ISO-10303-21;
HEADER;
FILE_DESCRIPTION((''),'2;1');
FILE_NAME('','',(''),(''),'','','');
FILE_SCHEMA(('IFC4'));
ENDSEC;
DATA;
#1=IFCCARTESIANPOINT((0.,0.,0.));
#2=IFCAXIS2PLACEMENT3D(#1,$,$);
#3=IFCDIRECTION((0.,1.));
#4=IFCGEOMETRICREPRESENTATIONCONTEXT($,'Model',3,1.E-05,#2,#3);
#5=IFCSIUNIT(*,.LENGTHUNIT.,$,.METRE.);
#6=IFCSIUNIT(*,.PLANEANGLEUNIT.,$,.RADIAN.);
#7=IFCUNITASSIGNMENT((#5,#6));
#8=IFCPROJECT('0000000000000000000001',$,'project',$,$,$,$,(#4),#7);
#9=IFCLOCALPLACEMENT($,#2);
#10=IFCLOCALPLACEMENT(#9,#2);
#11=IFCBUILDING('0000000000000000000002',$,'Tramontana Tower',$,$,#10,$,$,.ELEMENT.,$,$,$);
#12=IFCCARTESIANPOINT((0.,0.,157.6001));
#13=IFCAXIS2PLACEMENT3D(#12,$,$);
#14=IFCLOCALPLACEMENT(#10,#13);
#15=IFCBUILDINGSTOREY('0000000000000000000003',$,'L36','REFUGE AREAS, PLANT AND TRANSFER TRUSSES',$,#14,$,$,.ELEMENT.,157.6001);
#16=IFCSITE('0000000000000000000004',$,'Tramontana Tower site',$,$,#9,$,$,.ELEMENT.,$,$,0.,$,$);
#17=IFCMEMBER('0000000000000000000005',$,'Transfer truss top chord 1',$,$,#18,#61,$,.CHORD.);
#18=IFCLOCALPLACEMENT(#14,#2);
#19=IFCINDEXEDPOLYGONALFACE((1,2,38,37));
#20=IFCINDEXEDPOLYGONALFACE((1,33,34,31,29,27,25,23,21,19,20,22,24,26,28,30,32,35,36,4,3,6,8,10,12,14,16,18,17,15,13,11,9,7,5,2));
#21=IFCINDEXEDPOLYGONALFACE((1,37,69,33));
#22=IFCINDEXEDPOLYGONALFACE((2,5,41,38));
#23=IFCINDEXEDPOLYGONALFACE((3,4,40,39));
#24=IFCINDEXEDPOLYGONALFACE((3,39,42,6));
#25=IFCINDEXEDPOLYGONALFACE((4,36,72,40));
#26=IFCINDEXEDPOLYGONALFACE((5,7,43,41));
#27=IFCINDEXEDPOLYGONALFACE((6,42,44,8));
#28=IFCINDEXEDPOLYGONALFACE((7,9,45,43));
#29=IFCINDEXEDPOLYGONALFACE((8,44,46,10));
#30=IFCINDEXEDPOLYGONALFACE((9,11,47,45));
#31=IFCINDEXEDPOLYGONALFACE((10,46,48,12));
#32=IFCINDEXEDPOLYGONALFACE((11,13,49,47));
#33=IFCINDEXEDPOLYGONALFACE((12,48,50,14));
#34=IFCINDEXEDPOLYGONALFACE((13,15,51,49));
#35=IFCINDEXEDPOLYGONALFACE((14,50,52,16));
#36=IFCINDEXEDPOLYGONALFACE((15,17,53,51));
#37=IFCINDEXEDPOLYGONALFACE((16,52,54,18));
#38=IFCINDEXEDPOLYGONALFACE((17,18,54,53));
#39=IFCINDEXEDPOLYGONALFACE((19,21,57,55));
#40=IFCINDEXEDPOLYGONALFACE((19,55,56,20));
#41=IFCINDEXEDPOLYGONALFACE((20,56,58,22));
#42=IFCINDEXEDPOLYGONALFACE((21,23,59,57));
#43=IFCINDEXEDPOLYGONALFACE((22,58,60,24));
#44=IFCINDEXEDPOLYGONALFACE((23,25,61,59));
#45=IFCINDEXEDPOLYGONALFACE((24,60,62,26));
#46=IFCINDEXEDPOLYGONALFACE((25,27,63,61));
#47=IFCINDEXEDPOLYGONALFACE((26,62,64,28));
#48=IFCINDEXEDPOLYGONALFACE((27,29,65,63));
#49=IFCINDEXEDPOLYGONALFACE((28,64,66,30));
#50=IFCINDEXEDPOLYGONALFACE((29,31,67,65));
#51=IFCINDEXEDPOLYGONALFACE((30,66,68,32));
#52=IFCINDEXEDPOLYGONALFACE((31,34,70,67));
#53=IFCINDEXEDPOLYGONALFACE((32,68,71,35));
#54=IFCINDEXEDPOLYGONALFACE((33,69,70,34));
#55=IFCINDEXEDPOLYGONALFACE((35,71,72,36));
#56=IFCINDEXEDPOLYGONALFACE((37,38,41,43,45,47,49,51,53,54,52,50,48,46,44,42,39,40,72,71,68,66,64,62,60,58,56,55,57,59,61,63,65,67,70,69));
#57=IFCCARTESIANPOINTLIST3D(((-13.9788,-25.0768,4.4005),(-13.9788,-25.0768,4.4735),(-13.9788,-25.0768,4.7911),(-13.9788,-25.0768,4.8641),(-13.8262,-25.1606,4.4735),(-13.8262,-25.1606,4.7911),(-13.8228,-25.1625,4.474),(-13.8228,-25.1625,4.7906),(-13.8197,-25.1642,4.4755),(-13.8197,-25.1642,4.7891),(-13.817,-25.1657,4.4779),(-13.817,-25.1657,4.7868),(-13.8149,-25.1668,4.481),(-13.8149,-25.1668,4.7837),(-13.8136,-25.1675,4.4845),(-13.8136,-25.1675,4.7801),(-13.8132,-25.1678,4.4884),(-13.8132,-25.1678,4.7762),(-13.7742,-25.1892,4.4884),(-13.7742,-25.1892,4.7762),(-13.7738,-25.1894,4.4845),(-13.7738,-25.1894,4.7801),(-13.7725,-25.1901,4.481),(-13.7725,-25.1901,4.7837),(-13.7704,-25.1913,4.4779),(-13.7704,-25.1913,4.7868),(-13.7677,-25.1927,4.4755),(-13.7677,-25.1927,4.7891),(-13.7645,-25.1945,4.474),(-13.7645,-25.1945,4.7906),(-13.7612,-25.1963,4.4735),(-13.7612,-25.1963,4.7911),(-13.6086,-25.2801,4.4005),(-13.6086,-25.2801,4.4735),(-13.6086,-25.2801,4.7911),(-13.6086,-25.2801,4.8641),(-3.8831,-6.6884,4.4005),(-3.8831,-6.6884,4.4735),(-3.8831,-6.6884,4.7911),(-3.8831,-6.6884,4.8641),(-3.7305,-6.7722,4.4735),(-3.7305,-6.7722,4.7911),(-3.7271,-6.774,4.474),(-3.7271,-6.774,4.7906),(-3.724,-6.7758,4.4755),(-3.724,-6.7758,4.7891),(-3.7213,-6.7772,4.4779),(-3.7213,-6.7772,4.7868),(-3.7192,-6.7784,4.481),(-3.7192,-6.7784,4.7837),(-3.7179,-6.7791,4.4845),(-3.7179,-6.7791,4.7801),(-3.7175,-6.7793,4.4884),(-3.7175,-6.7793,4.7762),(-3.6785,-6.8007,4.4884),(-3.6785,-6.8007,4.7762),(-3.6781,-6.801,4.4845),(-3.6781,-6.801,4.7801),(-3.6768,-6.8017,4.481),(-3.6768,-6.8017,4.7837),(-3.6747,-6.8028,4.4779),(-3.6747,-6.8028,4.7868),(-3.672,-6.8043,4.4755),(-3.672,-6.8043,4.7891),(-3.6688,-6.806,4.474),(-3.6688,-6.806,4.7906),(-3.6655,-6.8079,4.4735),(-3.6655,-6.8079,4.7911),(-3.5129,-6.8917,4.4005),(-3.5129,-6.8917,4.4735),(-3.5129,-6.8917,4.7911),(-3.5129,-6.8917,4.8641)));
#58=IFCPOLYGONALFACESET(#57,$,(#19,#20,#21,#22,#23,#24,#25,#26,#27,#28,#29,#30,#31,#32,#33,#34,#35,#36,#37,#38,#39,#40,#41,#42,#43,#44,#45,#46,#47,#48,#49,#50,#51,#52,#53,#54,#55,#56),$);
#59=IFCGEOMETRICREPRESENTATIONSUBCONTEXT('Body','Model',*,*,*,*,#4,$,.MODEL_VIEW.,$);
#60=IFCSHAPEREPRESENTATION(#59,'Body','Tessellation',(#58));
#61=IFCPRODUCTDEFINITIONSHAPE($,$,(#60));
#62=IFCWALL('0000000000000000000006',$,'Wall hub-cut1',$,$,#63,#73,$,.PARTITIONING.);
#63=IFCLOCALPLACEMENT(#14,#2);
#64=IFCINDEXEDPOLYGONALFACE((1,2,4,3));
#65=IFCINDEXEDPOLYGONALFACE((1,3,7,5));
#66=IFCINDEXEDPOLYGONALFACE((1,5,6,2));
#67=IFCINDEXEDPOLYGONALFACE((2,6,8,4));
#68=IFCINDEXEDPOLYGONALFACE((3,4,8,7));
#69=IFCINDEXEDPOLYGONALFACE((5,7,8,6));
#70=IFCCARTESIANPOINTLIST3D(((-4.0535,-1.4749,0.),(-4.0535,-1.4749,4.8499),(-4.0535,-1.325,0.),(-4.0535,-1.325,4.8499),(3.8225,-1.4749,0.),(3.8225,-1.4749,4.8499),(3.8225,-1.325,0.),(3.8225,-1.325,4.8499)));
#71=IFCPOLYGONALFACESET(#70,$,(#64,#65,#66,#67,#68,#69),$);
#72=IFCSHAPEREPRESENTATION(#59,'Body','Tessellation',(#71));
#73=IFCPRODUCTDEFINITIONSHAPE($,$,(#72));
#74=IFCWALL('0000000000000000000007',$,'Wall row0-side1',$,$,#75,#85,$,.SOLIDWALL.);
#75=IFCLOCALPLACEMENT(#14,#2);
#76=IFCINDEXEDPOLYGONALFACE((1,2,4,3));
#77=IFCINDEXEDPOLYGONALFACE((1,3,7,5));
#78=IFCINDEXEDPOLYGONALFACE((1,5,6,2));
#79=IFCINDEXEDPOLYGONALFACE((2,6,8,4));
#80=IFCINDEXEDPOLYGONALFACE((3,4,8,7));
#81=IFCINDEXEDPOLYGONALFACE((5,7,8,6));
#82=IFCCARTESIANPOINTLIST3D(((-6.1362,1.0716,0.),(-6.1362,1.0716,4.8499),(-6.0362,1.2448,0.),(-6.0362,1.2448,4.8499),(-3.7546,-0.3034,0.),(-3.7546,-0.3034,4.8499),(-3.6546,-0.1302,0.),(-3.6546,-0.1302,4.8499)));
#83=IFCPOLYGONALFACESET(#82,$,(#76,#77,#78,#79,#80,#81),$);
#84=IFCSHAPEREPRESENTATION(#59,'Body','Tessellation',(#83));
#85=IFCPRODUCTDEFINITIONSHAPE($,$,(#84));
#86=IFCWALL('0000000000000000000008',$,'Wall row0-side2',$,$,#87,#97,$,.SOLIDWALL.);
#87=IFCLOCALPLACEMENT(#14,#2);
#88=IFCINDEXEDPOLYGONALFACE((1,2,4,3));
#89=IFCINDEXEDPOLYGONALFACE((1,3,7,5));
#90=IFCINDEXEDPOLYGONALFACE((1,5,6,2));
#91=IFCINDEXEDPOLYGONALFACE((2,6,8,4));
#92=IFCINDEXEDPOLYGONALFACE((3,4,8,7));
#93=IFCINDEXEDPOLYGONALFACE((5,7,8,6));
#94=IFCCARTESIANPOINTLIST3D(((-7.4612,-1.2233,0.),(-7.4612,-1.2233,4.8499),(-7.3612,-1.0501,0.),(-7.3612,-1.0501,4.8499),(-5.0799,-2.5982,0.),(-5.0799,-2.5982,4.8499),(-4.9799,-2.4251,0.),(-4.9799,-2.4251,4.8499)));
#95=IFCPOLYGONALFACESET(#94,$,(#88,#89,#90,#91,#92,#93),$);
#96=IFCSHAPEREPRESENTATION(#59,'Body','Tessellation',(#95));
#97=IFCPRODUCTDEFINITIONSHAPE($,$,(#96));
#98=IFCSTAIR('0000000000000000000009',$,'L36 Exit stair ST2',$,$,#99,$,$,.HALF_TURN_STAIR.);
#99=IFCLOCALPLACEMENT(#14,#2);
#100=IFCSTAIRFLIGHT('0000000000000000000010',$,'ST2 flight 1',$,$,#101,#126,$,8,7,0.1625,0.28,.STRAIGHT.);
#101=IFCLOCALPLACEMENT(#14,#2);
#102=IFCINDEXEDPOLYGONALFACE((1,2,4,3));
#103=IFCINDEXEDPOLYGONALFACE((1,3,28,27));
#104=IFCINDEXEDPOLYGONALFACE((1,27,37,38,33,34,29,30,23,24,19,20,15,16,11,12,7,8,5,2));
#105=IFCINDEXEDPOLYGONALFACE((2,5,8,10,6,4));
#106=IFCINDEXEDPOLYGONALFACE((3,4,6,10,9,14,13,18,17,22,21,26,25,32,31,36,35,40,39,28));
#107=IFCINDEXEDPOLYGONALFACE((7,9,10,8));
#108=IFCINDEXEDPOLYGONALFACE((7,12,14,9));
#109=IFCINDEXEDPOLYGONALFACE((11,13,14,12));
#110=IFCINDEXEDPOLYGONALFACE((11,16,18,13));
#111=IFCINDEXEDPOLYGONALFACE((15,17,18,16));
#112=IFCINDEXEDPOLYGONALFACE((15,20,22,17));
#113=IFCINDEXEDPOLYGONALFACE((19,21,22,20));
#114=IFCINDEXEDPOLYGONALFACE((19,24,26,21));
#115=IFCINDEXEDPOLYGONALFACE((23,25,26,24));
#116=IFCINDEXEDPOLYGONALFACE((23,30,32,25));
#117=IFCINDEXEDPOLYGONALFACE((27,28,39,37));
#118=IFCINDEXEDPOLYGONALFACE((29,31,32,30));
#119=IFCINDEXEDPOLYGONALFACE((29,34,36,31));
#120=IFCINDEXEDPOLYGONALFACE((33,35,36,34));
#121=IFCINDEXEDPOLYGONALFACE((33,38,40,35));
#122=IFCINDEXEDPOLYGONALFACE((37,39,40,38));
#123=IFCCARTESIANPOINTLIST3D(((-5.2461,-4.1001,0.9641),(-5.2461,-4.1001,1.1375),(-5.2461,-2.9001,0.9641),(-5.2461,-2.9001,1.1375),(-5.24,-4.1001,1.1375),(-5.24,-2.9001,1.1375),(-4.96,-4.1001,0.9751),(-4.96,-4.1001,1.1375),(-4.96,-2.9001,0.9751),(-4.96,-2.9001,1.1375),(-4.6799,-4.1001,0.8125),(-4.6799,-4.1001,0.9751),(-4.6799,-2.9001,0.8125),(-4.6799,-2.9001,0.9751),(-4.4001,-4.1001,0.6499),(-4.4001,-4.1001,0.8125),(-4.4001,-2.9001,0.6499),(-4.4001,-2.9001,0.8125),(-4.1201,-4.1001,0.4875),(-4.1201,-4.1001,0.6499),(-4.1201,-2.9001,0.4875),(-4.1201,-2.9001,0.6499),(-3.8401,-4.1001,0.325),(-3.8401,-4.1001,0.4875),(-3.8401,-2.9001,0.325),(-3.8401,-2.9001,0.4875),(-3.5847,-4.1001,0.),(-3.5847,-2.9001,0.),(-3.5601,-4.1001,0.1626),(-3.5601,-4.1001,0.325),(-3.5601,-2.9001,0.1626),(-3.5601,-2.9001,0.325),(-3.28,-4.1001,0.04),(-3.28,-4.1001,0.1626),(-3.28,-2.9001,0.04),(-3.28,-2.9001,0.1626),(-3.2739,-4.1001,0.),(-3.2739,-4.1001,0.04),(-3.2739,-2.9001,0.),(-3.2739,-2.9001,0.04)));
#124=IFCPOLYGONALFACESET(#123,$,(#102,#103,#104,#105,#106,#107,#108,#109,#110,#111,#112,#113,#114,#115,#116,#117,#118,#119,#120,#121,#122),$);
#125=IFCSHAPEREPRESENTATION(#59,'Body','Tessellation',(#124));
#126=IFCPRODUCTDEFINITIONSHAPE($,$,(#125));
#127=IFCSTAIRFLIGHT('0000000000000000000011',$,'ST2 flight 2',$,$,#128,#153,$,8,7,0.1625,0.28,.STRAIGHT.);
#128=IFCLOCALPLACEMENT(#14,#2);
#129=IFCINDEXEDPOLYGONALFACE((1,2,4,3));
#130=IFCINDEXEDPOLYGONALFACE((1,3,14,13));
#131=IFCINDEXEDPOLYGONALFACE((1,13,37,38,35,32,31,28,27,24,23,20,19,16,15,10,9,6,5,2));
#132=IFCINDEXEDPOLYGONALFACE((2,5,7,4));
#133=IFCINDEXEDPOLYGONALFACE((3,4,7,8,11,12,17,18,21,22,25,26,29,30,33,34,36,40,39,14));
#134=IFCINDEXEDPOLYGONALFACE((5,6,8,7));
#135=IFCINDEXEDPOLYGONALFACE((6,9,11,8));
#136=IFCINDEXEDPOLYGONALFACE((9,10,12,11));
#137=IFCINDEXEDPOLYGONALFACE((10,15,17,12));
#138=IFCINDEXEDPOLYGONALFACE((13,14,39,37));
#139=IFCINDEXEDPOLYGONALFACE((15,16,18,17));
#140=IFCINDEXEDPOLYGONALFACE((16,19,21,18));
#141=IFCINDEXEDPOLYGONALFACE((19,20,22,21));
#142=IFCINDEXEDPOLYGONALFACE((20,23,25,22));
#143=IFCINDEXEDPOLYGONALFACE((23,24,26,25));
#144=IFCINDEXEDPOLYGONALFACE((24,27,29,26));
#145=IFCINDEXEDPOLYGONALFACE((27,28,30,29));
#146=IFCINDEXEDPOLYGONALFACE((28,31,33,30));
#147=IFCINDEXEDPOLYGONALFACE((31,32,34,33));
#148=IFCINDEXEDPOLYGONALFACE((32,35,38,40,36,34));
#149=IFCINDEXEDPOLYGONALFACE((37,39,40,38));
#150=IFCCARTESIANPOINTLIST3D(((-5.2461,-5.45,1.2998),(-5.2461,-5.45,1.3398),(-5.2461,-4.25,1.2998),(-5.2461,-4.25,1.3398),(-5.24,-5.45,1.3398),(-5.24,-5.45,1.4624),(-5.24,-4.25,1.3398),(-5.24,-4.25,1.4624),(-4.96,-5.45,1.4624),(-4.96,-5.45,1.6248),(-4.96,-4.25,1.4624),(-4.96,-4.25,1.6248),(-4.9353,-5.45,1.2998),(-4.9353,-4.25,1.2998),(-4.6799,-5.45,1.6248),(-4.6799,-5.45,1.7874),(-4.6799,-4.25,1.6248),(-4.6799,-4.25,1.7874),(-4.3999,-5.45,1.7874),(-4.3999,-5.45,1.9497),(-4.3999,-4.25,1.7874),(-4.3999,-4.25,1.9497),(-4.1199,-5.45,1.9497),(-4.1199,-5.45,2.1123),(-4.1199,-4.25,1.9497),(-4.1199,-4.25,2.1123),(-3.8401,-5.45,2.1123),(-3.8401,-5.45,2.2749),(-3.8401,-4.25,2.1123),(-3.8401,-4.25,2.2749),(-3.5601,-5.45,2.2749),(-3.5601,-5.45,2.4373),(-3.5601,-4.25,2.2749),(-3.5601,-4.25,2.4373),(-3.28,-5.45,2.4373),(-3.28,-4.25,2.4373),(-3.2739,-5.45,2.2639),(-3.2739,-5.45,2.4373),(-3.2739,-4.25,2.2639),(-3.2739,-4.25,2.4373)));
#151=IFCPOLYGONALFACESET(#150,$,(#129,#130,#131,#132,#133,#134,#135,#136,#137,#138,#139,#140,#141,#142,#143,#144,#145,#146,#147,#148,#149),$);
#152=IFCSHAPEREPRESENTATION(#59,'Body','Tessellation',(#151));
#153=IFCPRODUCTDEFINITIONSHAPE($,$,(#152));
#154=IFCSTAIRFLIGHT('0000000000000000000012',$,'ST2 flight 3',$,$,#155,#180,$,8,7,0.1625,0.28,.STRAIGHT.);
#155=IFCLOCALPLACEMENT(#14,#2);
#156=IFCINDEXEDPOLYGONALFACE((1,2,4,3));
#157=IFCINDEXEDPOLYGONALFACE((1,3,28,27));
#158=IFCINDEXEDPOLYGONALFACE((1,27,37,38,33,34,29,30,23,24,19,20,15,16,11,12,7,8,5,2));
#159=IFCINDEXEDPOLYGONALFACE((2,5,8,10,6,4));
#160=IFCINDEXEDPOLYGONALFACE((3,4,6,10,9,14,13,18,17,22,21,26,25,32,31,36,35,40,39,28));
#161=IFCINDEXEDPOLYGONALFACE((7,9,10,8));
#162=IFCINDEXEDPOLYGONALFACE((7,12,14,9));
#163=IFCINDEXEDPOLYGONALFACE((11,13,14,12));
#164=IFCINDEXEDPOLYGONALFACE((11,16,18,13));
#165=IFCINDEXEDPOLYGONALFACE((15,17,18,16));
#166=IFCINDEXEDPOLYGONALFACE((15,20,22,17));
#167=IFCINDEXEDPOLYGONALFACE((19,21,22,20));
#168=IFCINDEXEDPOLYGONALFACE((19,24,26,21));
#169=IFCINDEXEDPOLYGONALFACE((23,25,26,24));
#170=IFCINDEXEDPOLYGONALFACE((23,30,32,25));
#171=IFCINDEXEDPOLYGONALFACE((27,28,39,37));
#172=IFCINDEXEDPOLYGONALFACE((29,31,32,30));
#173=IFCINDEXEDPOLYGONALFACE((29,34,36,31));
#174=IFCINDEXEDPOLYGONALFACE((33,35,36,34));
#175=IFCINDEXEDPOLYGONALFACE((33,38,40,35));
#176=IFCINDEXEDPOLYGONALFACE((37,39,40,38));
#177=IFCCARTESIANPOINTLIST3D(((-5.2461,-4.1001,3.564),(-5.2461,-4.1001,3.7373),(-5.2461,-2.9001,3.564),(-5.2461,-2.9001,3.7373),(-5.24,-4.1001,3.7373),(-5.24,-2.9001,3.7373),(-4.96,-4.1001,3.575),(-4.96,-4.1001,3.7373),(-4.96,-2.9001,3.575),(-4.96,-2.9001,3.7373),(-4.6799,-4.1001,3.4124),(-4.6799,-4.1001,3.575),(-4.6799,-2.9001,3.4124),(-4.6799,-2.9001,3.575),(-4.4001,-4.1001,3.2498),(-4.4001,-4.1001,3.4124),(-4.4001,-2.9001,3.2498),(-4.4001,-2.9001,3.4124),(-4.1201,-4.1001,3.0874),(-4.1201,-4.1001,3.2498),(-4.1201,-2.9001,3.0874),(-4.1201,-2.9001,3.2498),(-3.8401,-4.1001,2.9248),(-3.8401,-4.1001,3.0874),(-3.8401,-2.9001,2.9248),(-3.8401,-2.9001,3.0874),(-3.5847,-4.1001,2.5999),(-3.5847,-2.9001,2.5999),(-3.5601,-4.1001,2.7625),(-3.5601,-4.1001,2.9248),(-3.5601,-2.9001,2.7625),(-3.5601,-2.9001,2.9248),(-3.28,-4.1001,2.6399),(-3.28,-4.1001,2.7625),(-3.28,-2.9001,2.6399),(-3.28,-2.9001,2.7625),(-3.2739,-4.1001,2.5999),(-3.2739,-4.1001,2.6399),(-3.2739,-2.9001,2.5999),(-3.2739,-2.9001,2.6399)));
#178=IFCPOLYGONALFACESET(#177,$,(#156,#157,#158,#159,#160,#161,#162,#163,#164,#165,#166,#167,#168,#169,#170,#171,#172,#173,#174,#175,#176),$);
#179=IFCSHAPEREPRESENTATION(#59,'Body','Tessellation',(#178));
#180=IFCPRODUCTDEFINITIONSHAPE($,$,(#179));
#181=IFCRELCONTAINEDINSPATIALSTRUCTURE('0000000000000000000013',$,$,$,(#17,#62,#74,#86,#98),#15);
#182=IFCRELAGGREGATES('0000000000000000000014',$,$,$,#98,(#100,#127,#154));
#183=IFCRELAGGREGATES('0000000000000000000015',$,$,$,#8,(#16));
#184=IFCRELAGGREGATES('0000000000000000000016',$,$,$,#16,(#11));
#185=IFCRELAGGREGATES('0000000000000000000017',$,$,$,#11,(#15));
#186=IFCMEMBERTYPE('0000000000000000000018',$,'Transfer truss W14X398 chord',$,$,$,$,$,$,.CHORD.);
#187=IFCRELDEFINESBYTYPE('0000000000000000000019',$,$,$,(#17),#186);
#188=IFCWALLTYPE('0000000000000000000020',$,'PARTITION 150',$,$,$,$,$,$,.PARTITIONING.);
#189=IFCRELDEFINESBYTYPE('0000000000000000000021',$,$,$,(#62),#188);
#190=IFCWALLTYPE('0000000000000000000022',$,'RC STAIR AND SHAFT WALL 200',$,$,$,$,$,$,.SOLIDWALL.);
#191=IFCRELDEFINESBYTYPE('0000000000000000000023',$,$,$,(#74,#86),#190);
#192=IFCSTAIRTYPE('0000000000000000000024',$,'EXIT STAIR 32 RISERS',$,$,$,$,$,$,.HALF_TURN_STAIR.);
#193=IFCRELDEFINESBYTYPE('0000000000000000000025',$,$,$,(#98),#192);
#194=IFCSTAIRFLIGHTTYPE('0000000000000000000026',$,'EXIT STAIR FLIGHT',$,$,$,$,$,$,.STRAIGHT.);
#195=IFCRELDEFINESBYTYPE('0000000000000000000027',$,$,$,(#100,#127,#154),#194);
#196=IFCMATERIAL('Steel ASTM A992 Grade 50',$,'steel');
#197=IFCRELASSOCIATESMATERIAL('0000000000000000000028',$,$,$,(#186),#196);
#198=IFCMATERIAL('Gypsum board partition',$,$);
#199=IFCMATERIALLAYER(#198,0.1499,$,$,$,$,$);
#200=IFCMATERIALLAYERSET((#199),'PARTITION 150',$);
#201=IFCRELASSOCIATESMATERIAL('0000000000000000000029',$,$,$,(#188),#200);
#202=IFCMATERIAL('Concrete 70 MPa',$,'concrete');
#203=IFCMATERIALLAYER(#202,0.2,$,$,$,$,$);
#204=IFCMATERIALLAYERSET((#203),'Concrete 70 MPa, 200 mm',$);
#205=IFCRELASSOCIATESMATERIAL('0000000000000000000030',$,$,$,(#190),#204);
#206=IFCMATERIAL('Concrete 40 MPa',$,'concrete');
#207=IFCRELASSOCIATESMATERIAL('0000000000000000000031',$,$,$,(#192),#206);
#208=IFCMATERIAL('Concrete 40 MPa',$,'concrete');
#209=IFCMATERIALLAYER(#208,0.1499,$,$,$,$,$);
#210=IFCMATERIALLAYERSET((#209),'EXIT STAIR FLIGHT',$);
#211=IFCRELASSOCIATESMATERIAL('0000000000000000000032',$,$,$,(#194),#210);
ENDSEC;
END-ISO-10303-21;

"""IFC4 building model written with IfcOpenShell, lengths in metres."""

from ifc_helpers import new_model, si_unit, direction, frame, frame_2d, origin, origin_2d, place, context, subcontext, project, spatial, polyline, rectangle, i_section, outline, extrude, material, layer, layer_set, material_profile, profile_set, type_object, element, aggregate, save


model = new_model("IFC4")

# Units and contexts
model_context = context("Model", 3, precision=1e-05, world=origin(), true_north=direction((0.0, 1.0)))
body_context = subcontext(model_context, "Body", "Model", "MODEL_VIEW")
ifc_project = project(units=[si_unit("LENGTHUNIT", "METRE"), si_unit("PLANEANGLEUNIT", "RADIAN")], contexts=[model_context])

# Site, building, storey
site_placement = place(None, origin())
site = spatial("IfcSite", under=ifc_project, at=site_placement, Name="Tramontana Tower site", CompositionType="ELEMENT", RefElevation=0.0)
building_placement = place(site_placement, origin())
building = spatial("IfcBuilding", under=site, at=building_placement, Name="Tramontana Tower", CompositionType="ELEMENT")
storey_placement = place(building_placement, frame((0.0, 0.0, 157.6001)))
storey = spatial("IfcBuildingStorey", under=building, at=storey_placement, Name="L36", Description="REFUGE AREAS, PLANT AND TRANSFER TRUSSES", CompositionType="ELEMENT", Elevation=157.6001)

# Member
ifc_material_1 = material(Name="Steel ASTM A992 Grade 50", Category="steel")
ifc_material_profile_1 = material_profile(ifc_material_1, i_section(OverallWidth=0.4224, OverallDepth=0.4636, WebThickness=0.0444, FlangeThickness=0.073, FilletRadius=0.0149, at=origin_2d()), Name="W14X398")
ifc_profile_set_1 = profile_set([ifc_material_profile_1], Name="Steel ASTM A992 Grade 50")
member_type_1 = type_object("IfcMemberType", Name="Transfer truss W14X398 chord", PredefinedType="CHORD", material=ifc_profile_set_1)
for number, where, z_axis, x_axis, name in (
    (1, (-3.698, -6.79, 4.6323), (-0.481262, -0.876577, 0.0), (0.876577, -0.481262, 0.0), "Transfer truss top chord 1"),
):
    element("IfcMember", number, at=place(storey_placement, frame(where, z_axis=z_axis, x_axis=x_axis)), inside=storey, type_object=member_type_1, Name=name, PredefinedType="CHORD", context=body_context, shape_type="SweptSolid", body=[
        extrude(i_section(OverallWidth=0.4224, OverallDepth=0.4636, WebThickness=0.0444, FlangeThickness=0.073, FilletRadius=0.0149, at=origin_2d()), origin(), (0.0, 0.0, 1.0), 20.9775),
    ])

# Walls
ifc_material_2 = material(Name="Gypsum board partition")
ifc_layer_1 = layer(ifc_material_2, 0.1499)
ifc_layer_set_1 = layer_set([ifc_layer_1], Name="PARTITION 150")
wall_type_1 = type_object("IfcWallType", Name="PARTITION 150", PredefinedType="PARTITIONING", material=ifc_layer_set_1)
wall_1_placement = place(storey_placement, frame((-4.0535, -1.3999, 0.0), z_axis=(0.0, 0.0, 1.0), x_axis=(1.0, 0.0, 0.0)))
element("IfcWall", 2, at=wall_1_placement, inside=storey, type_object=wall_type_1, Name="Wall hub-cut1", PredefinedType="PARTITIONING", context=body_context, shape_type="SweptSolid", body=[
    extrude(rectangle(XDim=7.876, YDim=0.1499, at=frame_2d((3.938, 0.0))), origin(), (0.0, 0.0, 1.0), 4.8499),
])
ifc_material_3 = material(Name="Concrete 70 MPa", Category="concrete")
ifc_layer_2 = layer(ifc_material_3, 0.2)
ifc_layer_set_2 = layer_set([ifc_layer_2], Name="Concrete 70 MPa, 200 mm")
wall_type_2 = type_object("IfcWallType", Name="RC STAIR AND SHAFT WALL 200", PredefinedType="SOLIDWALL", material=ifc_layer_set_2)
wall_2_placement = place(storey_placement, frame((-3.7046, -0.2168, 0.0), z_axis=(0.0, 0.0, 1.0), x_axis=(-0.866027, 0.499997, 0.0)))
element("IfcWall", 3, at=wall_2_placement, inside=storey, type_object=wall_type_2, Name="Wall row0-side1", PredefinedType="SOLIDWALL", context=body_context, shape_type="SweptSolid", body=[
    extrude(rectangle(XDim=2.75, YDim=0.2, at=frame_2d((1.375, 0.0))), origin(), (0.0, 0.0, 1.0), 4.8499),
])
wall_3_placement = place(storey_placement, frame((-5.0298, -2.5117, 0.0), z_axis=(0.0, 0.0, 1.0), x_axis=(-0.866005, 0.500035, 0.0)))
element("IfcWall", 4, at=wall_3_placement, inside=storey, type_object=wall_type_2, Name="Wall row0-side2", PredefinedType="SOLIDWALL", context=body_context, shape_type="SweptSolid", body=[
    extrude(rectangle(XDim=2.7498, YDim=0.2, at=frame_2d((1.375, 0.0))), origin(), (0.0, 0.0, 1.0), 4.8499),
])

# Stair, stair flights
ifc_material_4 = material(Name="Concrete 40 MPa", Category="concrete")
stair_type = type_object("IfcStairType", Name="EXIT STAIR 32 RISERS", PredefinedType="HALF_TURN_STAIR", material=ifc_material_4)
stair_placement = place(storey_placement, origin())
stair = element("IfcStair", 5, at=stair_placement, inside=storey, type_object=stair_type, Name="L36 Exit stair ST2", PredefinedType="HALF_TURN_STAIR")
ifc_material_5 = material(Name="Concrete 40 MPa", Category="concrete")
ifc_layer_3 = layer(ifc_material_5, 0.1499)
ifc_layer_set_3 = layer_set([ifc_layer_3], Name="EXIT STAIR FLIGHT")
stair_flight_type = type_object("IfcStairFlightType", Name="EXIT STAIR FLIGHT", PredefinedType="STRAIGHT", material=ifc_layer_set_3)
stair_flight_1_placement = place(storey_placement, frame((-3.28, -3.5, 0.0), z_axis=(0.0, 0.0, 1.0), x_axis=(-1.0, 0.0, 0.0)))
stair_flight_1 = element("IfcStairFlight", 6, at=stair_flight_1_placement, type_object=stair_flight_type, Name="ST2 flight 1", NumberOfRisers=8, NumberOfTreads=7, PredefinedType="STRAIGHT", RiserHeight=0.1625, TreadLength=0.28, context=body_context, shape_type="SweptSolid", body=[
    extrude(outline(polyline([(-0.0061, 0.0), (-0.0061, 0.04), (0.0, 0.04), (0.0, 0.1626), (0.28, 0.1626), (0.28, 0.325), (0.5601, 0.325), (0.5601, 0.4875), (0.8401, 0.4875), (0.8401, 0.6499), (1.1201, 0.6499), (1.1201, 0.8125), (1.3999, 0.8125), (1.3999, 0.9751), (1.6799, 0.9751), (1.6799, 1.1375), (1.96, 1.1375), (1.9661, 1.1375), (1.9661, 0.9641), (0.3047, 0.0), (-0.0061, 0.0)])), frame((0.0, 0.6001, 0.0), z_axis=(0.0, -1.0, 0.0), x_axis=(1.0, 0.0, 0.0)), (0.0, 0.0, 1.0), 1.2),
])
stair_flight_2_placement = place(storey_placement, frame((-5.24, -4.8501, 1.2998), z_axis=(0.0, 0.0, 1.0), x_axis=(1.0, 0.0, 0.0)))
stair_flight_2 = element("IfcStairFlight", 7, at=stair_flight_2_placement, type_object=stair_flight_type, Name="ST2 flight 2", NumberOfRisers=8, NumberOfTreads=7, PredefinedType="STRAIGHT", RiserHeight=0.1625, TreadLength=0.28, context=body_context, shape_type="SweptSolid", body=[
    extrude(outline(polyline([(-0.0061, 0.0), (-0.0061, 0.04), (0.0, 0.04), (0.0, 0.1626), (0.28, 0.1626), (0.28, 0.325), (0.5601, 0.325), (0.5601, 0.4875), (0.8401, 0.4875), (0.8401, 0.6499), (1.1201, 0.6499), (1.1201, 0.8125), (1.3999, 0.8125), (1.3999, 0.9751), (1.6799, 0.9751), (1.6799, 1.1375), (1.96, 1.1375), (1.9661, 1.1375), (1.9661, 0.9641), (0.3047, 0.0), (-0.0061, 0.0)])), frame((0.0, 0.6001, 0.0), z_axis=(0.0, -1.0, 0.0), x_axis=(1.0, 0.0, 0.0)), (0.0, 0.0, 1.0), 1.2),
])
stair_flight_3_placement = place(storey_placement, frame((-3.28, -3.5, 2.5999), z_axis=(0.0, 0.0, 1.0), x_axis=(-1.0, 0.0, 0.0)))
stair_flight_3 = element("IfcStairFlight", 8, at=stair_flight_3_placement, type_object=stair_flight_type, Name="ST2 flight 3", NumberOfRisers=8, NumberOfTreads=7, PredefinedType="STRAIGHT", RiserHeight=0.1625, TreadLength=0.28, context=body_context, shape_type="SweptSolid", body=[
    extrude(outline(polyline([(-0.0061, 0.0), (-0.0061, 0.04), (0.0, 0.04), (0.0, 0.1626), (0.28, 0.1626), (0.28, 0.325), (0.5601, 0.325), (0.5601, 0.4875), (0.8401, 0.4875), (0.8401, 0.6499), (1.1201, 0.6499), (1.1201, 0.8125), (1.3999, 0.8125), (1.3999, 0.9751), (1.6799, 0.9751), (1.6799, 1.1375), (1.96, 1.1375), (1.9661, 1.1375), (1.9661, 0.9641), (0.3047, 0.0), (-0.0061, 0.0)])), frame((0.0, 0.6001, 0.0), z_axis=(0.0, -1.0, 0.0), x_axis=(1.0, 0.0, 0.0)), (0.0, 0.0, 1.0), 1.2),
])
aggregate(stair, [stair_flight_1, stair_flight_2, stair_flight_3])

save(model, "model.ifc")
